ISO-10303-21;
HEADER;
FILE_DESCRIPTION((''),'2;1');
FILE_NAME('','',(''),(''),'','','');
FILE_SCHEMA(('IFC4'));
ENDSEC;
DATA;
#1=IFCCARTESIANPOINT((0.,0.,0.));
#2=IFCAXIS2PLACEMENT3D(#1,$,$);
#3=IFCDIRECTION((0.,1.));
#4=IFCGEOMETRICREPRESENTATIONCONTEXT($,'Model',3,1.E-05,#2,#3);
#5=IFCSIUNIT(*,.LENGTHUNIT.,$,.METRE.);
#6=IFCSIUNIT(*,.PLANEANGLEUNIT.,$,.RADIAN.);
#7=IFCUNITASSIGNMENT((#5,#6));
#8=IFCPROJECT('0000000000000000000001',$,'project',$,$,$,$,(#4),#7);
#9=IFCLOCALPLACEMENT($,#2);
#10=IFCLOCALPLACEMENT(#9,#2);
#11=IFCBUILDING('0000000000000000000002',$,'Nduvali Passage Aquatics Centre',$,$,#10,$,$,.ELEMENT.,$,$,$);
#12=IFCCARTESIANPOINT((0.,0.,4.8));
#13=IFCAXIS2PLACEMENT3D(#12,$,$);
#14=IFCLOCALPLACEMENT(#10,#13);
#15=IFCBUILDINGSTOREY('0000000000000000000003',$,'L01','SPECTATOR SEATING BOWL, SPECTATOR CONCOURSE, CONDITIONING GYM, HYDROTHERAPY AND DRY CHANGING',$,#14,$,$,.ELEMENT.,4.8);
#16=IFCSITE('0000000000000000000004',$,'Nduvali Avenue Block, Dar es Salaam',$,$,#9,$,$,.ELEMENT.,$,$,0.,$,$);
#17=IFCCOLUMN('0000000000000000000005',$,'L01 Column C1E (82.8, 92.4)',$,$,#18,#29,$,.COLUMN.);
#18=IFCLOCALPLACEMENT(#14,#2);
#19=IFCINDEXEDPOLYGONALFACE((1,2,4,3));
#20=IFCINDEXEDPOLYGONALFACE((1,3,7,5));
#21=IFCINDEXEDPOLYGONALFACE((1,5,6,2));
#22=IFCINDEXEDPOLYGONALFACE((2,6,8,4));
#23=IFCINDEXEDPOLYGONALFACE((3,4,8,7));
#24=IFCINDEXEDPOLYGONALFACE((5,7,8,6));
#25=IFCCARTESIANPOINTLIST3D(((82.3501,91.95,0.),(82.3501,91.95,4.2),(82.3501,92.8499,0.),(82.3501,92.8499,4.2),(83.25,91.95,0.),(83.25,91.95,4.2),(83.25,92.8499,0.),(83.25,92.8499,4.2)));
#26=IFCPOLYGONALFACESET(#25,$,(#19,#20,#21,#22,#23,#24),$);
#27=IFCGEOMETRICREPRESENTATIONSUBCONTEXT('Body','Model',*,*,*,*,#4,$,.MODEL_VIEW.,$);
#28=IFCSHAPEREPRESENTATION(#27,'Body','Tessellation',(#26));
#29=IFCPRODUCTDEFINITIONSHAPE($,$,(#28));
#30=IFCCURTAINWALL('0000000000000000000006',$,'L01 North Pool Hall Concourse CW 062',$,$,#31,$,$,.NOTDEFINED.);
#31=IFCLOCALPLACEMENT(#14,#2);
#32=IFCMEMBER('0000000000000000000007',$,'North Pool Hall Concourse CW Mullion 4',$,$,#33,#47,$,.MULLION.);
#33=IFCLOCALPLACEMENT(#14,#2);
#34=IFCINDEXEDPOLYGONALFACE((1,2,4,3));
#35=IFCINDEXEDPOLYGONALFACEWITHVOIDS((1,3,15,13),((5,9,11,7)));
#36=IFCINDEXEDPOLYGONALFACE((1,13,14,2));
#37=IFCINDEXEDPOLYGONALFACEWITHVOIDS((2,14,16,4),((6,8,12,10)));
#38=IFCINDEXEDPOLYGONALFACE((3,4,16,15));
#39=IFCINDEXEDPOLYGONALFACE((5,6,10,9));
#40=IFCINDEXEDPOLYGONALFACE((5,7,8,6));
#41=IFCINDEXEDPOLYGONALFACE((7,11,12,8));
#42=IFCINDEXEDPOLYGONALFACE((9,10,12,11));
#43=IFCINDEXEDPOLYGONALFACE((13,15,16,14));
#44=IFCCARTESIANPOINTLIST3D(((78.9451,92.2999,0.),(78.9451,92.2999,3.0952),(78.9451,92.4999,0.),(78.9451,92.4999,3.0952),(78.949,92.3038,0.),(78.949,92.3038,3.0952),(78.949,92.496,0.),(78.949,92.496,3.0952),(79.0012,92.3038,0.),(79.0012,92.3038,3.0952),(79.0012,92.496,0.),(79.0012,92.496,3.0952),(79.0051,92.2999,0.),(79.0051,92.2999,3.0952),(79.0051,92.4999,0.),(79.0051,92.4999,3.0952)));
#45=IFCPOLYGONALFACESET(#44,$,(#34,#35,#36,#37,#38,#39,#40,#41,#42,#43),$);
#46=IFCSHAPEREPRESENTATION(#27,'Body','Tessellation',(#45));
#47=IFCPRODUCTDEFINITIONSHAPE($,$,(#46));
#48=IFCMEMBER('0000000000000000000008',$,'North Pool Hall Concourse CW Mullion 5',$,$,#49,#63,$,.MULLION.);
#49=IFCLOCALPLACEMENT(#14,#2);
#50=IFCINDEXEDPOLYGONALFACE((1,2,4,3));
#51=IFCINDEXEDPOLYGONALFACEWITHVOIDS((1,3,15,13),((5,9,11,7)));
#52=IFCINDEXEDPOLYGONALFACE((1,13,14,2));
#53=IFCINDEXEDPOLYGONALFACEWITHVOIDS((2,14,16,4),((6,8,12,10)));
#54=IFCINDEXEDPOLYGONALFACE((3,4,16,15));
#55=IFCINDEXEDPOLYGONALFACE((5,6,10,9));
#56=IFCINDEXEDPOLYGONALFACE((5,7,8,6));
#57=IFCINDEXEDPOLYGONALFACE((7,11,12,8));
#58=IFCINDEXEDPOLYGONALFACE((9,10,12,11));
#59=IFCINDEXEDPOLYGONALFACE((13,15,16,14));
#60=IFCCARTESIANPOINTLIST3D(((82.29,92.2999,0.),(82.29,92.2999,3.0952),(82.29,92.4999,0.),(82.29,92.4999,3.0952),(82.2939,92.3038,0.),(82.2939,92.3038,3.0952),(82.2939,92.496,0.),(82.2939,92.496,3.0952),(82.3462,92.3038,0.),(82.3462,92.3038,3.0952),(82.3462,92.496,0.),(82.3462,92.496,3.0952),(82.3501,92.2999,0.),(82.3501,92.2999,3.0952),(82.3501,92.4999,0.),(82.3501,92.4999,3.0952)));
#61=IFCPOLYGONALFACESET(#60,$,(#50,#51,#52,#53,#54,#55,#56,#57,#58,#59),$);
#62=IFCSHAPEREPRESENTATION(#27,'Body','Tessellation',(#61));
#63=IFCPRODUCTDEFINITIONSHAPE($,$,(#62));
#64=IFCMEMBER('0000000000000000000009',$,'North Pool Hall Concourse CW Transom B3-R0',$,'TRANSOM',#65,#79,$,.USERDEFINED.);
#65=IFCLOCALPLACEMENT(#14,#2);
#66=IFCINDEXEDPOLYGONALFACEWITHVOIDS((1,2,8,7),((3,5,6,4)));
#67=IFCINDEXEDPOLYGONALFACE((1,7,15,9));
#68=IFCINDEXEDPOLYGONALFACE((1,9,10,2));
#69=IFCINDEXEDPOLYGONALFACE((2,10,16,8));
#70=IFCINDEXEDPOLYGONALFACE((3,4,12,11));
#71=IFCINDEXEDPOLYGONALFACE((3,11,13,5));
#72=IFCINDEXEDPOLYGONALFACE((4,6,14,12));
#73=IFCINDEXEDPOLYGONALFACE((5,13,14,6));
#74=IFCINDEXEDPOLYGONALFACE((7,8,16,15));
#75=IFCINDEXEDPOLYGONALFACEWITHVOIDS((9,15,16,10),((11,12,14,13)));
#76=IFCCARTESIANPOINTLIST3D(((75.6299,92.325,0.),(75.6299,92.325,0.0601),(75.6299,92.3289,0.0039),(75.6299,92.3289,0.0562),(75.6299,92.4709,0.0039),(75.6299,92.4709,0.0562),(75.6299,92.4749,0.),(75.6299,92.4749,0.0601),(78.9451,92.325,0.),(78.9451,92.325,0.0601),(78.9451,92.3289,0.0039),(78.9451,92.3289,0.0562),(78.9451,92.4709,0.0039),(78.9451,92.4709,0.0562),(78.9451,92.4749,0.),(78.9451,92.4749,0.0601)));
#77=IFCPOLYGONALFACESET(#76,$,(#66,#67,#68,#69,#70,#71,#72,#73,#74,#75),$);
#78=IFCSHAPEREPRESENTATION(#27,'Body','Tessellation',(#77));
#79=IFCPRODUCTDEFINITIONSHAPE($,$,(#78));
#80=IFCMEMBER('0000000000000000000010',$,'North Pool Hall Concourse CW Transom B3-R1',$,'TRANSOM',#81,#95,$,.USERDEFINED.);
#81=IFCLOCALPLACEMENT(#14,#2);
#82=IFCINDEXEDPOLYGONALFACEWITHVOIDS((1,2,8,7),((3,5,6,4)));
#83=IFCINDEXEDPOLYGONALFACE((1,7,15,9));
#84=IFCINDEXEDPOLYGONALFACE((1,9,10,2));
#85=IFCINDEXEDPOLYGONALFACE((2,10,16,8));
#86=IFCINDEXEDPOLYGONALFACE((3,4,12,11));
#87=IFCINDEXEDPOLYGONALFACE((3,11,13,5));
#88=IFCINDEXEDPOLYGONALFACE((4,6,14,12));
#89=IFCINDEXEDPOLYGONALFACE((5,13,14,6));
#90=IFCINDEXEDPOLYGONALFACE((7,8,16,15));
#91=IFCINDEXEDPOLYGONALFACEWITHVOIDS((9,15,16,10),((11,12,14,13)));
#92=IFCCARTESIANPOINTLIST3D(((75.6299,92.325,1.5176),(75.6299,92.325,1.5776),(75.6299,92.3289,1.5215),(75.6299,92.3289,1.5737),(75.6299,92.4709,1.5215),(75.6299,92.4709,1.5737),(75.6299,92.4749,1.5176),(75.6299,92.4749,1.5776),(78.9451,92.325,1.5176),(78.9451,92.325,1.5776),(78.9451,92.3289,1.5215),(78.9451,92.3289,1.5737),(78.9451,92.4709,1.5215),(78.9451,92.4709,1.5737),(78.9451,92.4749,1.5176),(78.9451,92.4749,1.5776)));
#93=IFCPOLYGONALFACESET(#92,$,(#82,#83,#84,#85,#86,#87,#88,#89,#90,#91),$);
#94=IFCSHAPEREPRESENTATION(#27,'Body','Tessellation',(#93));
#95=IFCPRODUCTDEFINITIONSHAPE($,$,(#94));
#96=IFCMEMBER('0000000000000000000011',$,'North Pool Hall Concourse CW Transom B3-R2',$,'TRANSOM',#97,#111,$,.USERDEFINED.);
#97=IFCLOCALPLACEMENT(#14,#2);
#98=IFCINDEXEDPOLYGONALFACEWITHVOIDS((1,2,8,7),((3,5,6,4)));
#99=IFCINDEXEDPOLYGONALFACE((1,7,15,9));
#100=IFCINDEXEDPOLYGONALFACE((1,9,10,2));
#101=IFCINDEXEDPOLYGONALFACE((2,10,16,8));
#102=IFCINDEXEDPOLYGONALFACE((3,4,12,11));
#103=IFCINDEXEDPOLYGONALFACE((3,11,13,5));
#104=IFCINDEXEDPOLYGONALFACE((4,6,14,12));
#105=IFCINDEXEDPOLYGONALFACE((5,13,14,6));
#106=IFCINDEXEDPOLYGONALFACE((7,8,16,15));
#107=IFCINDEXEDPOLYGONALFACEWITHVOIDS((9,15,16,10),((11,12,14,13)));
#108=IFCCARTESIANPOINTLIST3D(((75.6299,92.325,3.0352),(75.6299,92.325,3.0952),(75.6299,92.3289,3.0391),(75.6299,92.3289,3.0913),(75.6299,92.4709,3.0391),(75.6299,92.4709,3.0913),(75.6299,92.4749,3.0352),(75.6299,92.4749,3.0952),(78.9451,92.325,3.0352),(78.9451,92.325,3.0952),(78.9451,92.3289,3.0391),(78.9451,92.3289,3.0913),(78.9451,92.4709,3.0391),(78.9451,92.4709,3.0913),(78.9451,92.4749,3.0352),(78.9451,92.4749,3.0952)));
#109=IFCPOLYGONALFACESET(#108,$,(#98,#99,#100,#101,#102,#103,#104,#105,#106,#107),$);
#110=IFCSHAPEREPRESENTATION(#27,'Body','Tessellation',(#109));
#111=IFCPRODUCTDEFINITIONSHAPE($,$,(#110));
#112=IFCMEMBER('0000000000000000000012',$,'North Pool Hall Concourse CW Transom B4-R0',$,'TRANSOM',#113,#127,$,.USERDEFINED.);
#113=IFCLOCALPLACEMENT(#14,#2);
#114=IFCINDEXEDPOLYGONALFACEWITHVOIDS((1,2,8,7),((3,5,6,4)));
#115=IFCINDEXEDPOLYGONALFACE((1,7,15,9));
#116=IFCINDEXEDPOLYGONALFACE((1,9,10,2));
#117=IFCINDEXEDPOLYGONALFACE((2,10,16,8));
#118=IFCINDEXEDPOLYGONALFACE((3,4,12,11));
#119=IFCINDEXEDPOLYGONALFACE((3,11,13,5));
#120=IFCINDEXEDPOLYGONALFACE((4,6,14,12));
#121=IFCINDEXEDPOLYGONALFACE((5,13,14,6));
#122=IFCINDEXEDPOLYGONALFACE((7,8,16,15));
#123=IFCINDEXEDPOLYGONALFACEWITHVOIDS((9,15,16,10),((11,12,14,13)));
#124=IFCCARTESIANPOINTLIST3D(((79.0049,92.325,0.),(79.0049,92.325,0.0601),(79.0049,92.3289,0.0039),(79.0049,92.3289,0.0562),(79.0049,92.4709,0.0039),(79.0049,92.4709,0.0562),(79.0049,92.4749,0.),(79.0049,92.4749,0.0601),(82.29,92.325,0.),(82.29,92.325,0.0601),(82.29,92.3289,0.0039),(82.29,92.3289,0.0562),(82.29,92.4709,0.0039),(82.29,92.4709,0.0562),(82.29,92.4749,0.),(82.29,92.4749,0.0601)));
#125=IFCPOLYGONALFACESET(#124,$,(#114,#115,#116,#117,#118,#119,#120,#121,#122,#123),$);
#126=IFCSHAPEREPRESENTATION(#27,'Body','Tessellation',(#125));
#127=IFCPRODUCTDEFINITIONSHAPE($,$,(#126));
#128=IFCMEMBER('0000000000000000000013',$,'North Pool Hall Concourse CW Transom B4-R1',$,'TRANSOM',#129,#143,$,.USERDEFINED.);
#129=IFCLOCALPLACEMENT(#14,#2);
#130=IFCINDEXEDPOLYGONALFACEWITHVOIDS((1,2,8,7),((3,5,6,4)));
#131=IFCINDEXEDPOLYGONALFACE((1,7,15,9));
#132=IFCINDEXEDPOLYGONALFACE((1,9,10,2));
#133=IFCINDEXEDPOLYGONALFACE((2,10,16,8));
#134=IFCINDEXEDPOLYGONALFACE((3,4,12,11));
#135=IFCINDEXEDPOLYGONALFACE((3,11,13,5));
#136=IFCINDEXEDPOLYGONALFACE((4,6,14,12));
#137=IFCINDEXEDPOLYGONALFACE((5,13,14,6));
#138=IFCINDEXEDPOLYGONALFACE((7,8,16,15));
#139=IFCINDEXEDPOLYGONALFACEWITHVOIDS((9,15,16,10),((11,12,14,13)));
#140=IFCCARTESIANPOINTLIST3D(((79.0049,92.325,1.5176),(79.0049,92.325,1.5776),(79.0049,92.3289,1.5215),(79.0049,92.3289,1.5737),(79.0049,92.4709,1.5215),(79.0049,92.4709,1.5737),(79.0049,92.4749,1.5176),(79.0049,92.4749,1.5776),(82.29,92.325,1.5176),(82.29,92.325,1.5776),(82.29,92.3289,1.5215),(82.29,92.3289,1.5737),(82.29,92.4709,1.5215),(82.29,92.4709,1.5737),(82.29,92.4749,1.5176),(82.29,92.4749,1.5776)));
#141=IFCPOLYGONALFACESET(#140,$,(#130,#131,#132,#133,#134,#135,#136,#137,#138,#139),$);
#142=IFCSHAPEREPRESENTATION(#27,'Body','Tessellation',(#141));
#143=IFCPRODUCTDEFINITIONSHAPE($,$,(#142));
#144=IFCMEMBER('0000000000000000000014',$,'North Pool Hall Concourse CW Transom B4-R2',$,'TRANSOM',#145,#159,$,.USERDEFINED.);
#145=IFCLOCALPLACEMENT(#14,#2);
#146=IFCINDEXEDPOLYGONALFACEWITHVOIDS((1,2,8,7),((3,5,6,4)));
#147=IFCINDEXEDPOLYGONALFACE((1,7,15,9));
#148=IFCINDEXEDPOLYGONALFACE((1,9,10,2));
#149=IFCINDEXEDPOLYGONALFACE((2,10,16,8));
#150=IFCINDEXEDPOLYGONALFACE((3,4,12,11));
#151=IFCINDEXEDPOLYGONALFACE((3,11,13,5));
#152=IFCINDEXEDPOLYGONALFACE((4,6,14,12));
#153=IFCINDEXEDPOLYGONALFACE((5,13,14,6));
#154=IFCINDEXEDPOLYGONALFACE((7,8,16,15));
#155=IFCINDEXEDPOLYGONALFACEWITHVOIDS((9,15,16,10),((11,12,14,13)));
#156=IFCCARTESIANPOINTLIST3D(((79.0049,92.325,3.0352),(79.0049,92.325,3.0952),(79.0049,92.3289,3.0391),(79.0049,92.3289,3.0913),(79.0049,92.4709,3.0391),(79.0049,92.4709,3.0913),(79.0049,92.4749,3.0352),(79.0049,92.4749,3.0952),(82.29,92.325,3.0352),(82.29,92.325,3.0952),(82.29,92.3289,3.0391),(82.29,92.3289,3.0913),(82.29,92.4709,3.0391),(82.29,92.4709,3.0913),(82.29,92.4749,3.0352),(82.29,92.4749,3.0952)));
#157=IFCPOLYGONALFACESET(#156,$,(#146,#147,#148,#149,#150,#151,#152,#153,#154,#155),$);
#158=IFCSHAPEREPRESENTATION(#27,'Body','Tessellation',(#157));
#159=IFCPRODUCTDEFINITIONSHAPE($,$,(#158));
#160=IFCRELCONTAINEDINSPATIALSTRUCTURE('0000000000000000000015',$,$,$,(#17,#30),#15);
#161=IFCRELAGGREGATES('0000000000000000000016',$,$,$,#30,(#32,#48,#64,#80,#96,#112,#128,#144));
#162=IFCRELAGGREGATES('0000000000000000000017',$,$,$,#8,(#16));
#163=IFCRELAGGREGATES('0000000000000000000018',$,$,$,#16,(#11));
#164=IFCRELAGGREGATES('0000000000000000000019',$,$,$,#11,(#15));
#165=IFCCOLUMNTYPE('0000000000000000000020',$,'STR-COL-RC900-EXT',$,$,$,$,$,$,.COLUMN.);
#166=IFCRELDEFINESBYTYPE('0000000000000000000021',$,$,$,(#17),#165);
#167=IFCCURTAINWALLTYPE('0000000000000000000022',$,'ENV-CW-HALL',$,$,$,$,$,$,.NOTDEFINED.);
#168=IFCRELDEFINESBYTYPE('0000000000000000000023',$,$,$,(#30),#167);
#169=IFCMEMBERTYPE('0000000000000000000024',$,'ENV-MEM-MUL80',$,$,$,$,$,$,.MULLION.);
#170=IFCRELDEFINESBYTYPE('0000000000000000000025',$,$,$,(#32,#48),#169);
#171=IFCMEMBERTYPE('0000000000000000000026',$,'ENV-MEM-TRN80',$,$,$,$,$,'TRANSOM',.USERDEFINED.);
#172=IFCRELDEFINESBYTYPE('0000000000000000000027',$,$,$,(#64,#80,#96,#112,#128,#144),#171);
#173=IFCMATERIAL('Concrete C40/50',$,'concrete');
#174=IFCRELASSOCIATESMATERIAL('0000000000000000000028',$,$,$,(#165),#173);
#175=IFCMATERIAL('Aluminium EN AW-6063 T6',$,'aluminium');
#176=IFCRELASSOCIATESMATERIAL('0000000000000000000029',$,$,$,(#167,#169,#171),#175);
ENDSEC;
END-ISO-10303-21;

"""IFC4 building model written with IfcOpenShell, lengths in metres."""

from ifc_helpers import new_model, si_unit, direction, frame, origin, origin_2d, place, context, subcontext, project, spatial, rectangle, hollow_rectangle, extrude, material, material_profile, profile_set, type_object, element, aggregate, save


model = new_model("IFC4")

# Units and contexts
model_context = context("Model", 3, precision=1e-05, world=origin(), true_north=direction((0.0, 1.0)))
body_context = subcontext(model_context, "Body", "Model", "MODEL_VIEW")
ifc_project = project(units=[si_unit("LENGTHUNIT", "METRE"), si_unit("PLANEANGLEUNIT", "RADIAN")], contexts=[model_context])

# Site, building, storey
site_placement = place(None, origin())
site = spatial("IfcSite", under=ifc_project, at=site_placement, Name="Nduvali Avenue Block, Dar es Salaam", CompositionType="ELEMENT", RefElevation=0.0)
building_placement = place(site_placement, origin())
building = spatial("IfcBuilding", under=site, at=building_placement, Name="Nduvali Passage Aquatics Centre", CompositionType="ELEMENT")
storey_placement = place(building_placement, frame((0.0, 0.0, 4.8)))
storey = spatial("IfcBuildingStorey", under=building, at=storey_placement, Name="L01", Description="SPECTATOR SEATING BOWL, SPECTATOR CONCOURSE, CONDITIONING GYM, HYDROTHERAPY AND DRY CHANGING", CompositionType="ELEMENT", Elevation=4.8)

# Column
ifc_material_1 = material(Name="Concrete C40/50", Category="concrete")
ifc_material_profile_1 = material_profile(ifc_material_1, rectangle(XDim=0.8999, YDim=0.8999, at=origin_2d()), Name="RC 900x900")
ifc_profile_set_1 = profile_set([ifc_material_profile_1], Name="Concrete C40/50")
column_type = type_object("IfcColumnType", Name="STR-COL-RC900-EXT", PredefinedType="COLUMN", material=ifc_profile_set_1)
column_placement = place(storey_placement, frame((82.8, 92.3999, 0.0), z_axis=(0.0, 0.0, 1.0), x_axis=(1.0, 0.0, 0.0)))
element("IfcColumn", 1, at=column_placement, inside=storey, type_object=column_type, Name="L01 Column C1E (82.8, 92.4)", PredefinedType="COLUMN", context=body_context, shape_type="SweptSolid", body=[
    extrude(rectangle(XDim=0.8999, YDim=0.8999, at=origin_2d()), origin(), (0.0, 0.0, 1.0), 4.2),
])

# Curtain wall, members
ifc_material_2 = material(Name="Aluminium EN AW-6063 T6", Category="aluminium")
curtain_wall_type = type_object("IfcCurtainWallType", Name="ENV-CW-HALL", PredefinedType="NOTDEFINED", material=ifc_material_2)
curtain_wall_placement = place(storey_placement, origin())
curtain_wall = element("IfcCurtainWall", 2, at=curtain_wall_placement, inside=storey, type_object=curtain_wall_type, Name="L01 North Pool Hall Concourse CW 062", PredefinedType="NOTDEFINED")
ifc_material_profile_2 = material_profile(ifc_material_2, hollow_rectangle(XDim=0.0601, YDim=0.2, WallThickness=0.0039, at=origin_2d()), Name="ALU MULLION 60x200x4")
ifc_profile_set_2 = profile_set([ifc_material_profile_2], Name="Aluminium EN AW-6063 T6")
member_type_1 = type_object("IfcMemberType", Name="ENV-MEM-MUL80", PredefinedType="MULLION", material=ifc_profile_set_2)
member_1_placement = place(storey_placement, frame((78.9751, 92.3999, 0.0), z_axis=(0.0, 0.0, 1.0), x_axis=(1.0, 0.0, 0.0)))
member_1 = element("IfcMember", 3, at=member_1_placement, type_object=member_type_1, Name="North Pool Hall Concourse CW Mullion 4", PredefinedType="MULLION", context=body_context, shape_type="SweptSolid", body=[
    extrude(hollow_rectangle(XDim=0.0601, YDim=0.2, WallThickness=0.0039, at=origin_2d()), origin(), (0.0, 0.0, 1.0), 3.0952),
])
member_2_placement = place(storey_placement, frame((82.3201, 92.3999, 0.0), z_axis=(0.0, 0.0, 1.0), x_axis=(1.0, 0.0, 0.0)))
member_2 = element("IfcMember", 4, at=member_2_placement, type_object=member_type_1, Name="North Pool Hall Concourse CW Mullion 5", PredefinedType="MULLION", context=body_context, shape_type="SweptSolid", body=[
    extrude(hollow_rectangle(XDim=0.0601, YDim=0.2, WallThickness=0.0039, at=origin_2d()), origin(), (0.0, 0.0, 1.0), 3.0952),
])
ifc_material_profile_3 = material_profile(ifc_material_2, hollow_rectangle(XDim=0.1499, YDim=0.0601, WallThickness=0.0039, at=origin_2d()), Name="ALU TRANSOM 150x60x4")
ifc_profile_set_3 = profile_set([ifc_material_profile_3], Name="Aluminium EN AW-6063 T6")
member_type_2 = type_object("IfcMemberType", Name="ENV-MEM-TRN80", ElementType="TRANSOM", PredefinedType="USERDEFINED", material=ifc_profile_set_3)
member_3_placement = place(storey_placement, frame((75.6299, 92.3999, 0.03), z_axis=(1.0, 0.0, 0.0), x_axis=(0.0, 1.0, 0.0)))
member_3 = element("IfcMember", 5, at=member_3_placement, type_object=member_type_2, Name="North Pool Hall Concourse CW Transom B3-R0", ObjectType="TRANSOM", PredefinedType="USERDEFINED", context=body_context, shape_type="SweptSolid", body=[
    extrude(hollow_rectangle(XDim=0.1499, YDim=0.0601, WallThickness=0.0039, at=origin_2d()), origin(), (0.0, 0.0, 1.0), 3.3152),
])
member_4_placement = place(storey_placement, frame((75.6299, 92.3999, 1.5476), z_axis=(1.0, 0.0, 0.0), x_axis=(0.0, 1.0, 0.0)))
member_4 = element("IfcMember", 6, at=member_4_placement, type_object=member_type_2, Name="North Pool Hall Concourse CW Transom B3-R1", ObjectType="TRANSOM", PredefinedType="USERDEFINED", context=body_context, shape_type="SweptSolid", body=[
    extrude(hollow_rectangle(XDim=0.1499, YDim=0.0601, WallThickness=0.0039, at=origin_2d()), origin(), (0.0, 0.0, 1.0), 3.3152),
])
member_5_placement = place(storey_placement, frame((75.6299, 92.3999, 3.0652), z_axis=(1.0, 0.0, 0.0), x_axis=(0.0, 1.0, 0.0)))
member_5 = element("IfcMember", 7, at=member_5_placement, type_object=member_type_2, Name="North Pool Hall Concourse CW Transom B3-R2", ObjectType="TRANSOM", PredefinedType="USERDEFINED", context=body_context, shape_type="SweptSolid", body=[
    extrude(hollow_rectangle(XDim=0.1499, YDim=0.0601, WallThickness=0.0039, at=origin_2d()), origin(), (0.0, 0.0, 1.0), 3.3152),
])
member_6_placement = place(storey_placement, frame((79.0049, 92.3999, 0.03), z_axis=(1.0, 0.0, 0.0), x_axis=(0.0, 1.0, 0.0)))
member_6 = element("IfcMember", 8, at=member_6_placement, type_object=member_type_2, Name="North Pool Hall Concourse CW Transom B4-R0", ObjectType="TRANSOM", PredefinedType="USERDEFINED", context=body_context, shape_type="SweptSolid", body=[
    extrude(hollow_rectangle(XDim=0.1499, YDim=0.0601, WallThickness=0.0039, at=origin_2d()), origin(), (0.0, 0.0, 1.0), 3.2852),
])
member_7_placement = place(storey_placement, frame((79.0049, 92.3999, 1.5476), z_axis=(1.0, 0.0, 0.0), x_axis=(0.0, 1.0, 0.0)))
member_7 = element("IfcMember", 9, at=member_7_placement, type_object=member_type_2, Name="North Pool Hall Concourse CW Transom B4-R1", ObjectType="TRANSOM", PredefinedType="USERDEFINED", context=body_context, shape_type="SweptSolid", body=[
    extrude(hollow_rectangle(XDim=0.1499, YDim=0.0601, WallThickness=0.0039, at=origin_2d()), origin(), (0.0, 0.0, 1.0), 3.2852),
])
member_8_placement = place(storey_placement, frame((79.0049, 92.3999, 3.0652), z_axis=(1.0, 0.0, 0.0), x_axis=(0.0, 1.0, 0.0)))
member_8 = element("IfcMember", 10, at=member_8_placement, type_object=member_type_2, Name="North Pool Hall Concourse CW Transom B4-R2", ObjectType="TRANSOM", PredefinedType="USERDEFINED", context=body_context, shape_type="SweptSolid", body=[
    extrude(hollow_rectangle(XDim=0.1499, YDim=0.0601, WallThickness=0.0039, at=origin_2d()), origin(), (0.0, 0.0, 1.0), 3.2852),
])

aggregate(curtain_wall, [member_1, member_2, member_3, member_4, member_5, member_6, member_7, member_8])

save(model, "model.ifc")
